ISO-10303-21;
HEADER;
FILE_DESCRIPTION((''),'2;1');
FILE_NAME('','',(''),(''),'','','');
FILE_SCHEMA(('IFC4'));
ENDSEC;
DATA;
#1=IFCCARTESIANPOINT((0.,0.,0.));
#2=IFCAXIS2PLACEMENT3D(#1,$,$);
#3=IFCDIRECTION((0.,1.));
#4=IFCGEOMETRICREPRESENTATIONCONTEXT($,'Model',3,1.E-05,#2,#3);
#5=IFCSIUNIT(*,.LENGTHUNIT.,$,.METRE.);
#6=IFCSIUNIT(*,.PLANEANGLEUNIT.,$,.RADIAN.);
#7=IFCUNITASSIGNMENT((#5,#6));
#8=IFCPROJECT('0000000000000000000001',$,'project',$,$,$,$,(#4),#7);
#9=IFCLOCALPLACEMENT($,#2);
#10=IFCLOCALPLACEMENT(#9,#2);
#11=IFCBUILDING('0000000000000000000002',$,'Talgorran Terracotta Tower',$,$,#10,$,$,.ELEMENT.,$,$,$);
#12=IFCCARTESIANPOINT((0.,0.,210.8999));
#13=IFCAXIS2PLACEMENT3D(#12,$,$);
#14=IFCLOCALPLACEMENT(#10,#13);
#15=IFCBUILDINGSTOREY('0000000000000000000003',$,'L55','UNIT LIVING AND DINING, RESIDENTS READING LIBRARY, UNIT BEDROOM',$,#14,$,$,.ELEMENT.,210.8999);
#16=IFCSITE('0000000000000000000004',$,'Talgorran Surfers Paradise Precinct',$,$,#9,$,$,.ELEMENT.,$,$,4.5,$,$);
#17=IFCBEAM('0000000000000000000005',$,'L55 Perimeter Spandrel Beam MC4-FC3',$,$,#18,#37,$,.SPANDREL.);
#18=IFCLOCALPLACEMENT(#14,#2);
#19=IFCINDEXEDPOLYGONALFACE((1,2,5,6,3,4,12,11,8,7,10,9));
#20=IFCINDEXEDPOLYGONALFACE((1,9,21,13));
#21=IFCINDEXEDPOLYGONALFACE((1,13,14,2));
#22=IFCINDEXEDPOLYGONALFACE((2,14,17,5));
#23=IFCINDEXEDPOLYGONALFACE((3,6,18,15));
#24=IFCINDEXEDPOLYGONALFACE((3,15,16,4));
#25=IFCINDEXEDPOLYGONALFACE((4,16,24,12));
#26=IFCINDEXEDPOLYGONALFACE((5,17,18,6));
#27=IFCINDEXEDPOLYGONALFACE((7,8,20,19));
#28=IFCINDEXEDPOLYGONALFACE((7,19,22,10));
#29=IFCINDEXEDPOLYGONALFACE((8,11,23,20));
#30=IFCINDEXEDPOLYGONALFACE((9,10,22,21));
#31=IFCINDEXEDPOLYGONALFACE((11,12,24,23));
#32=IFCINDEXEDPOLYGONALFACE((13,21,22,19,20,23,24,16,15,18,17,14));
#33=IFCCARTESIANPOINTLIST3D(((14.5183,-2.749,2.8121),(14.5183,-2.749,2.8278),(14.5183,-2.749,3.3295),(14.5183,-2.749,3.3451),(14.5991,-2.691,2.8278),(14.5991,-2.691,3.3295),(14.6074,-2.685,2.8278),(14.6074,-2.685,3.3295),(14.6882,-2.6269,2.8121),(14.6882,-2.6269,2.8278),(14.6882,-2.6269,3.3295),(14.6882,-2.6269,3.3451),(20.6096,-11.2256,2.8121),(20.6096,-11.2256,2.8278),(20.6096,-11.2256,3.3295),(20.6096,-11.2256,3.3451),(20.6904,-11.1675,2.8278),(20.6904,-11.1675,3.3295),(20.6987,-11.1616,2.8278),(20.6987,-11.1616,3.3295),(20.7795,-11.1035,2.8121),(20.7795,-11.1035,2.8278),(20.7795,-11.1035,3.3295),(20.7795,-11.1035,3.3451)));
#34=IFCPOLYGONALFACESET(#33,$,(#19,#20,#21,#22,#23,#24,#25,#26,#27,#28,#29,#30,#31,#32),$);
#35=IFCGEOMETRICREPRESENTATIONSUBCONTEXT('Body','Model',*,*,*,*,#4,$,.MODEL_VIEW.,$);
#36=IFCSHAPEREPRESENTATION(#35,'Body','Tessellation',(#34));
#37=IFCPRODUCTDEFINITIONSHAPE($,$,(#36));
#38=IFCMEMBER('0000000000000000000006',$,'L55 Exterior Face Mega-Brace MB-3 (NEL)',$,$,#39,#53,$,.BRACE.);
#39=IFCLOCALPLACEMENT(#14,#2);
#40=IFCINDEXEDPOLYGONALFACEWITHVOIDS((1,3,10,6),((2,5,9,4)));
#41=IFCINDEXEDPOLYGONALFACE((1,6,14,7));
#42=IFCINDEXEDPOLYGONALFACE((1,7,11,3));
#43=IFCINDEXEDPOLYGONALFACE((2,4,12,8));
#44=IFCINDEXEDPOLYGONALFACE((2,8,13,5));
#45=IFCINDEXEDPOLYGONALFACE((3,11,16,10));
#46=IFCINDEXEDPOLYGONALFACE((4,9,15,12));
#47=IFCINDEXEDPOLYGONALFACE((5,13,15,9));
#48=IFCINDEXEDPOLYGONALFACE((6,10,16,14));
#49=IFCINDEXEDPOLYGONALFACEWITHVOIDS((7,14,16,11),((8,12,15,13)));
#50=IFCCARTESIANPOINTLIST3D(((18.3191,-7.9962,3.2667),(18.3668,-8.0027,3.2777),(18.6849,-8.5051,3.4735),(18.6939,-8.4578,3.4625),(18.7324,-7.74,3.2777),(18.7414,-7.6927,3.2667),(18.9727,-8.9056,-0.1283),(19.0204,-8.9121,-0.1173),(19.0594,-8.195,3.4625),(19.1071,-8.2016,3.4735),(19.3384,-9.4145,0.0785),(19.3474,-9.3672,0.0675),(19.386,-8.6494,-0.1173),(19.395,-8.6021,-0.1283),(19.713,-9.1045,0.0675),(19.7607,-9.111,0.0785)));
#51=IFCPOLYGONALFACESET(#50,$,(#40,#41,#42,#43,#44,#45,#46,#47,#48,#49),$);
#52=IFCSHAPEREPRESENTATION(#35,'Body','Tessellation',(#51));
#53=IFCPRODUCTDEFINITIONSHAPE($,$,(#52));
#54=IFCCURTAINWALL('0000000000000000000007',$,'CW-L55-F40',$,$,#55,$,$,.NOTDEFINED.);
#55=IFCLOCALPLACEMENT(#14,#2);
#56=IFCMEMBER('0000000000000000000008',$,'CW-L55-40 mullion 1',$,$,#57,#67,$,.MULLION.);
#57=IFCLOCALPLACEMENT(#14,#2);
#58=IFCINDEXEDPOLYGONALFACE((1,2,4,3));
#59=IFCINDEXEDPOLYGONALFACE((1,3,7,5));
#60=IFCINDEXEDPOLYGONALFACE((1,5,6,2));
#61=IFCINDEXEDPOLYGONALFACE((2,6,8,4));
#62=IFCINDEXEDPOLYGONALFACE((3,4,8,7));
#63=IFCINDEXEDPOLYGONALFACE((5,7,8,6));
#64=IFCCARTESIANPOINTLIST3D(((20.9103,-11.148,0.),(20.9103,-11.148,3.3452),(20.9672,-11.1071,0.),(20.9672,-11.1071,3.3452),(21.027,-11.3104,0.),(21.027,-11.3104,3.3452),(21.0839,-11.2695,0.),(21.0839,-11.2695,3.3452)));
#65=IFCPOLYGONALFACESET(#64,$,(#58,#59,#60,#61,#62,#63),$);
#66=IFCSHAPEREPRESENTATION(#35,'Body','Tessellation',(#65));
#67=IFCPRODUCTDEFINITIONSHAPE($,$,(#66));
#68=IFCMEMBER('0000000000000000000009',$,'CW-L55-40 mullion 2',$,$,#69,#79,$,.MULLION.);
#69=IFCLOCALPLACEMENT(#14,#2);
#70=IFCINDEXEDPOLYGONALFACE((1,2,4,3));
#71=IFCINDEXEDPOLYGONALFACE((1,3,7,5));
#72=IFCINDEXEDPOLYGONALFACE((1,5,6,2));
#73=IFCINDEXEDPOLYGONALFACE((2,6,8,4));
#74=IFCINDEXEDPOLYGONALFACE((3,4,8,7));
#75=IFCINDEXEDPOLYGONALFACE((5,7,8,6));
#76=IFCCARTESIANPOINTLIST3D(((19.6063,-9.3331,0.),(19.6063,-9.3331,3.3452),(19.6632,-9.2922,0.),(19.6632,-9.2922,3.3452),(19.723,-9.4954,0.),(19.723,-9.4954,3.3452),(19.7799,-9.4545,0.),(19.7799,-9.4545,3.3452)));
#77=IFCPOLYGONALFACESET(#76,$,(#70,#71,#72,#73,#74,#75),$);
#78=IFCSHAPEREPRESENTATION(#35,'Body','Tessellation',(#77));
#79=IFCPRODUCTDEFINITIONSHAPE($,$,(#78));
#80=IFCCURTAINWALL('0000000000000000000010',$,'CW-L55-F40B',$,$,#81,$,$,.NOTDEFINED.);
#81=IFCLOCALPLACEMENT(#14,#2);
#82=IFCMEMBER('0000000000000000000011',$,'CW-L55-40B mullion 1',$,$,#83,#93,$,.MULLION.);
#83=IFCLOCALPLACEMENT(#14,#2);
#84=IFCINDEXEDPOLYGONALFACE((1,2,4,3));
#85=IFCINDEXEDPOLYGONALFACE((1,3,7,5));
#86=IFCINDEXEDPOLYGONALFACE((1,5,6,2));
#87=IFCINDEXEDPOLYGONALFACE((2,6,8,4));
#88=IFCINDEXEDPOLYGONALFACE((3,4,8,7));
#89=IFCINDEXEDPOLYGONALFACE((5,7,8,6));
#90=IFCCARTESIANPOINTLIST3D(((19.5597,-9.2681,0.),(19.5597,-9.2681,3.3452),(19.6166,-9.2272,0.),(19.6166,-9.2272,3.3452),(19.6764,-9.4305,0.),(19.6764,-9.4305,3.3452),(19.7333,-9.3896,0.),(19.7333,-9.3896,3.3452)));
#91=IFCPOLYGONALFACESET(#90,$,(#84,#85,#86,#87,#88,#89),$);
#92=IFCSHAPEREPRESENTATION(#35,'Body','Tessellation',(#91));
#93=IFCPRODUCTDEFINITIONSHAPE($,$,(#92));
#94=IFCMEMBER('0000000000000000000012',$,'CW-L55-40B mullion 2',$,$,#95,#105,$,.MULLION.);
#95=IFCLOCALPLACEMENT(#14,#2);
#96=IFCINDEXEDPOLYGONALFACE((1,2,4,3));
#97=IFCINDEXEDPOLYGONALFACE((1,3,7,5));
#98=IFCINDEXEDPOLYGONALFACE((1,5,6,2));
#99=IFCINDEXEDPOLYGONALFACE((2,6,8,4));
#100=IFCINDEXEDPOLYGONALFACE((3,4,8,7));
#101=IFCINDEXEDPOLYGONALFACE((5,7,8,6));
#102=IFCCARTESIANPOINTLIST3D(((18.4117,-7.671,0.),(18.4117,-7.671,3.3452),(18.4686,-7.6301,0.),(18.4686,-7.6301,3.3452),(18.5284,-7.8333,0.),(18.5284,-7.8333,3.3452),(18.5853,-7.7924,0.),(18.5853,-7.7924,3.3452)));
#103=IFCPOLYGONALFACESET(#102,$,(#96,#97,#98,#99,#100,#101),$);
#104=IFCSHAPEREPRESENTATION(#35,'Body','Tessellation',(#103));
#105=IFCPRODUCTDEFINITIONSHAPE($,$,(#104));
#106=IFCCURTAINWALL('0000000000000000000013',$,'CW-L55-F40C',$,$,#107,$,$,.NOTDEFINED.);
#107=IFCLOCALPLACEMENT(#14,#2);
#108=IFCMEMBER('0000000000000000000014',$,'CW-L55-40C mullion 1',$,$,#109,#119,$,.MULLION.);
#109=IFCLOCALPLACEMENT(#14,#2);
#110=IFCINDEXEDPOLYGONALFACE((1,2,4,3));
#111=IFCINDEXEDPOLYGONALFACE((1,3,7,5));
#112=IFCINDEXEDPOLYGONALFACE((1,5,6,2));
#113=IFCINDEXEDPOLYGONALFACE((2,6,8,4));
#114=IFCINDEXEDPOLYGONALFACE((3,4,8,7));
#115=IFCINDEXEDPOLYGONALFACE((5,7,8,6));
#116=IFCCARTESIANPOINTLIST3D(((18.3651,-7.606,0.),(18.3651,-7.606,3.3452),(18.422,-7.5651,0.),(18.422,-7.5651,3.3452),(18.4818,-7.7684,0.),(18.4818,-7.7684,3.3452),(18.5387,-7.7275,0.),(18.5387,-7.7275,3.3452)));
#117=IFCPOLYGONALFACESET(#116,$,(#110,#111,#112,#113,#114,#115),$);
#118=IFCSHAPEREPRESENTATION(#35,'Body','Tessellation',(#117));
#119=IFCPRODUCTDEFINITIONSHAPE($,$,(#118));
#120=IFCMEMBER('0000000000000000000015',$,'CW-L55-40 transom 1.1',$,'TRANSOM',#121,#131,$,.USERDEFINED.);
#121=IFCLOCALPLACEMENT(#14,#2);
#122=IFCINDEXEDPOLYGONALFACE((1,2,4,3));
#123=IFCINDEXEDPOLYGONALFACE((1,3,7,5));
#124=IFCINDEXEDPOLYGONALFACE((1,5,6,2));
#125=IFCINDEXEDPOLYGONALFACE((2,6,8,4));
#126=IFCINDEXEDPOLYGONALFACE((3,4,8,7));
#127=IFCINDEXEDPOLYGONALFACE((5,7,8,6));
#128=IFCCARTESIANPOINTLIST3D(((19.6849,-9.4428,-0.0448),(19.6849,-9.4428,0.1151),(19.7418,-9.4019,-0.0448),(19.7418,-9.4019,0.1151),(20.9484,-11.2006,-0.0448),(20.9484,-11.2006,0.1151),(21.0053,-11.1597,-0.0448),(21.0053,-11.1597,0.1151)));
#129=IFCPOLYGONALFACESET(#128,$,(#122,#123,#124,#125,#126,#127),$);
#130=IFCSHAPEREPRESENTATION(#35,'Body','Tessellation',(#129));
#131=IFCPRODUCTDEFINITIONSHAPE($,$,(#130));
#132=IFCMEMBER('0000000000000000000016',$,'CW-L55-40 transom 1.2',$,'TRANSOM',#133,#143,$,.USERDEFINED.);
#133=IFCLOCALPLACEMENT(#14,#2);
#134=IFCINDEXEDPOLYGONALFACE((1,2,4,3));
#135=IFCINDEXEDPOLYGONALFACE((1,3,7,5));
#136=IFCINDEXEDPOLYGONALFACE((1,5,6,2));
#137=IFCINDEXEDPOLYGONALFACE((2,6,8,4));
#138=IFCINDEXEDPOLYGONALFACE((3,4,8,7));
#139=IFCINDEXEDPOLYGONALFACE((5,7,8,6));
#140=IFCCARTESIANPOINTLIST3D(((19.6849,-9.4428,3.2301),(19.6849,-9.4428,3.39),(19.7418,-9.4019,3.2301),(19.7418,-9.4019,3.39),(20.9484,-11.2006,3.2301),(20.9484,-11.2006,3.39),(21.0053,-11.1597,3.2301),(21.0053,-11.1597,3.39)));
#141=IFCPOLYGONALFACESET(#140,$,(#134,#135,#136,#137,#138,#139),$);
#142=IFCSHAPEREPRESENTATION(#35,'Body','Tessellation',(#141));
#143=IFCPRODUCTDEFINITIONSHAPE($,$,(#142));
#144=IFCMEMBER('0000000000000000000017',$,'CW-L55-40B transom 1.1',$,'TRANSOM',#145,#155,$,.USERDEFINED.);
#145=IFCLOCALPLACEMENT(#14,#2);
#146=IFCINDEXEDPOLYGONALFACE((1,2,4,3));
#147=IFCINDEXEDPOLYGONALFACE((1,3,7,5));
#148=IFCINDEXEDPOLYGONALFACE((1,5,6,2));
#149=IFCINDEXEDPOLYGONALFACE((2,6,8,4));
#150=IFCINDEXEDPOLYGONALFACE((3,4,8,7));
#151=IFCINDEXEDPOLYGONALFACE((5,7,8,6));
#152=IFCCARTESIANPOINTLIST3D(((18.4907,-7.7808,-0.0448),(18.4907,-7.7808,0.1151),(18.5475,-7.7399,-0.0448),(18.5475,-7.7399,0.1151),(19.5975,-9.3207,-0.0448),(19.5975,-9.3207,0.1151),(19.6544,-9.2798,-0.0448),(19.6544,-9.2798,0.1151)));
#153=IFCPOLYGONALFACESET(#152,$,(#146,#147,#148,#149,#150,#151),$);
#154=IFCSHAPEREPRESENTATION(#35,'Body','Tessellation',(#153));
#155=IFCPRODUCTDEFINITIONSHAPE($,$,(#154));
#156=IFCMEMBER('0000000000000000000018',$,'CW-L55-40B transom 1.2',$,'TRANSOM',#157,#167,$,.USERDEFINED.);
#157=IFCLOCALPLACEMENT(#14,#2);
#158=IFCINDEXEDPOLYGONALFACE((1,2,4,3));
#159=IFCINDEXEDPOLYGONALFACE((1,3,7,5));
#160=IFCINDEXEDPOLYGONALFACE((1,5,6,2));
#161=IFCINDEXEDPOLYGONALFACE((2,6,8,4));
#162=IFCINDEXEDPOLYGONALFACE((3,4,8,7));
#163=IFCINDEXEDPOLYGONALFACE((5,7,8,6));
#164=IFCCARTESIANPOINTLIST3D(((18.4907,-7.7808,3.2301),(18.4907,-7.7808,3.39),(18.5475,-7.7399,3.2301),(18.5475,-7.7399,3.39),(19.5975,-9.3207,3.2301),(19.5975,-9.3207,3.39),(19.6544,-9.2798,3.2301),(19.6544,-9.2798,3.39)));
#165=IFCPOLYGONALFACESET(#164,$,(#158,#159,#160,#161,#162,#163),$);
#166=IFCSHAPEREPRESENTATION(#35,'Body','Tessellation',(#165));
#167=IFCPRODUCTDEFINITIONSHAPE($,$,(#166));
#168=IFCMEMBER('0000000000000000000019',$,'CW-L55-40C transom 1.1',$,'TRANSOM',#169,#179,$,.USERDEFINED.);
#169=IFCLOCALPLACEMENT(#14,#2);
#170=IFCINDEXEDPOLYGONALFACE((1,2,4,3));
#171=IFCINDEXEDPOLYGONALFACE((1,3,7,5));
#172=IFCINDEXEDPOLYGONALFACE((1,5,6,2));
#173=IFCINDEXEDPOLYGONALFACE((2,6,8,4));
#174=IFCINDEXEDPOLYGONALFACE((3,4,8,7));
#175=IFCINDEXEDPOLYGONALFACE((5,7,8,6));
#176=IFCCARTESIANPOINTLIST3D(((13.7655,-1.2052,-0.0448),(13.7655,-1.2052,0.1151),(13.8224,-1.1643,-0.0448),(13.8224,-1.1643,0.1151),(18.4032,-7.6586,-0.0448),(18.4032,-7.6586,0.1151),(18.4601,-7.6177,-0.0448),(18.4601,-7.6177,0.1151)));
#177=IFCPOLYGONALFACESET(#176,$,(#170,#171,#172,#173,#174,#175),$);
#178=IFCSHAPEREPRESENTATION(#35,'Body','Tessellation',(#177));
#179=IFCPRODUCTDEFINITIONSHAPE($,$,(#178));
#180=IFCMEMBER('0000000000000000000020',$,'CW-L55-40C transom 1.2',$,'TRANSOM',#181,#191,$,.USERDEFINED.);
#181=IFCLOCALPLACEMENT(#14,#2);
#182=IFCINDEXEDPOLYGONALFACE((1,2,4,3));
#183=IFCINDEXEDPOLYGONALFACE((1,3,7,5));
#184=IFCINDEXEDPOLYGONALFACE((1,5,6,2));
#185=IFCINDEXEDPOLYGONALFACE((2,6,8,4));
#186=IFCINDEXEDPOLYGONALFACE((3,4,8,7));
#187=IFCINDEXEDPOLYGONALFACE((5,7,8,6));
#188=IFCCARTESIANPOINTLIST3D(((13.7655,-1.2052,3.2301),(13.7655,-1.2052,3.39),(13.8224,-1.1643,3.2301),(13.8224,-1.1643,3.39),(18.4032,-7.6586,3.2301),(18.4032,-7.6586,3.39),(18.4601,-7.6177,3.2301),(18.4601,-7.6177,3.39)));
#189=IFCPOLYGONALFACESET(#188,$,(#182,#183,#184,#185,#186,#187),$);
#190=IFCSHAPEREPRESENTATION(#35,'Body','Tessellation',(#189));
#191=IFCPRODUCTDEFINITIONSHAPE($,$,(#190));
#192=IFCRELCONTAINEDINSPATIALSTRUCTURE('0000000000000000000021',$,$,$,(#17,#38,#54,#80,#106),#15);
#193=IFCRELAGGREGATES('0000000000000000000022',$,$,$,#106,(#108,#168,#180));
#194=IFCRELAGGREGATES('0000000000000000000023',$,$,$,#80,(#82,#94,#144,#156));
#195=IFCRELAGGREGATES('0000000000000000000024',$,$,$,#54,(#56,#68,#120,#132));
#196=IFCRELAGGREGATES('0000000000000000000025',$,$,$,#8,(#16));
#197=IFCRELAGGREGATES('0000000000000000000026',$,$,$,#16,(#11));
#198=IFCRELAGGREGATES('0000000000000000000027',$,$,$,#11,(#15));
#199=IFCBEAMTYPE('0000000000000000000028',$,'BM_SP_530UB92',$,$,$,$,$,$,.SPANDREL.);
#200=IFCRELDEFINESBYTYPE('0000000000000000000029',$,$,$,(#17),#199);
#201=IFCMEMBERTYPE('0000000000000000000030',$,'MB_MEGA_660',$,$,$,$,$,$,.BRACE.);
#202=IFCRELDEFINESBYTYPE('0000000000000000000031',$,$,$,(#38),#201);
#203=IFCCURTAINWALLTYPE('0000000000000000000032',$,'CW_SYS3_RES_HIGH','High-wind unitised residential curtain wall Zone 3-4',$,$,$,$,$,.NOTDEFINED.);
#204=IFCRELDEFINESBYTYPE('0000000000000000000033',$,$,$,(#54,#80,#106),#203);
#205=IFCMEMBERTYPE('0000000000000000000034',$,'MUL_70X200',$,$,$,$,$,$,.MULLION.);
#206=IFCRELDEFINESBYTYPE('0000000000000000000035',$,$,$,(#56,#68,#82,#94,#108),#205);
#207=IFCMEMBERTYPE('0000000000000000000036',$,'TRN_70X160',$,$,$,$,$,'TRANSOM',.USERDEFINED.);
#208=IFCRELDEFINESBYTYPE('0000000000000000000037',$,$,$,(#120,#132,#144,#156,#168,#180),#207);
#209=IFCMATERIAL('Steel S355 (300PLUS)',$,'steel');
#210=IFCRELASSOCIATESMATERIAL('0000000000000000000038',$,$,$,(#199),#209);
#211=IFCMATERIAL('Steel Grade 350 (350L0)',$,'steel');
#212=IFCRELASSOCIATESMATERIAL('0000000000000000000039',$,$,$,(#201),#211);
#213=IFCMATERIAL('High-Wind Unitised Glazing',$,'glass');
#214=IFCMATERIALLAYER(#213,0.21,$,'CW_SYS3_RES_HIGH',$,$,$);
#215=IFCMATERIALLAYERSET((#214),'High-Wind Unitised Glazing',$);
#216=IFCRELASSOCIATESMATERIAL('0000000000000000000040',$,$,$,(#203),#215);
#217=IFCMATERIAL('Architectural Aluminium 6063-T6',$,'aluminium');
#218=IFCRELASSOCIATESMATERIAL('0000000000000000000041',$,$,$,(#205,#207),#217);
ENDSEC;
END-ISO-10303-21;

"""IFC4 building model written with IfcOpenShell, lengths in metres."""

from ifc_helpers import new_model, si_unit, direction, frame, origin, origin_2d, place, context, subcontext, project, spatial, rectangle, hollow_rectangle, i_section, extrude, material, layer, layer_set, material_profile, profile_set, type_object, element, aggregate, save


model = new_model("IFC4")

# Units and contexts
model_context = context("Model", 3, precision=1e-05, world=origin(), true_north=direction((0.0, 1.0)))
body_context = subcontext(model_context, "Body", "Model", "MODEL_VIEW")
ifc_project = project(units=[si_unit("LENGTHUNIT", "METRE"), si_unit("PLANEANGLEUNIT", "RADIAN")], contexts=[model_context])

# Site, building, storey
site_placement = place(None, origin())
site = spatial("IfcSite", under=ifc_project, at=site_placement, Name="Talgorran Surfers Paradise Precinct", CompositionType="ELEMENT", RefElevation=4.5)
building_placement = place(site_placement, origin())
building = spatial("IfcBuilding", under=site, at=building_placement, Name="Talgorran Terracotta Tower", CompositionType="ELEMENT")
storey_placement = place(building_placement, frame((0.0, 0.0, 210.8999)))
storey = spatial("IfcBuildingStorey", under=building, at=storey_placement, Name="L55", Description="UNIT LIVING AND DINING, RESIDENTS READING LIBRARY, UNIT BEDROOM", CompositionType="ELEMENT", Elevation=210.8999)

# Beam
ifc_material_1 = material(Name="Steel S355 (300PLUS)", Category="steel")
ifc_material_profile_1 = material_profile(ifc_material_1, i_section(OverallWidth=0.2092, OverallDepth=0.533, WebThickness=0.0103, FlangeThickness=0.0156, at=origin_2d()), Name="530UB92.4")
ifc_profile_set_1 = profile_set([ifc_material_profile_1], Name="Steel S355 (300PLUS)")
beam_type = type_object("IfcBeamType", Name="BM_SP_530UB92", PredefinedType="SPANDREL", material=ifc_profile_set_1)
beam_placement = place(storey_placement, frame((20.6946, -11.1646, 3.0786), z_axis=(-0.583559, 0.812071, 0.0), x_axis=(-0.812071, -0.583559, 0.0)))
element("IfcBeam", 1, at=beam_placement, inside=storey, type_object=beam_type, Name="L55 Perimeter Spandrel Beam MC4-FC3", PredefinedType="SPANDREL", context=body_context, shape_type="SweptSolid", body=[
    extrude(i_section(OverallWidth=0.2092, OverallDepth=0.533, WebThickness=0.0103, FlangeThickness=0.0156, at=origin_2d()), origin(), (0.0, 0.0, 1.0), 10.4382),
])

# Member
ifc_material_2 = material(Name="Steel Grade 350 (350L0)", Category="steel")
ifc_material_profile_2 = material_profile(ifc_material_2, hollow_rectangle(XDim=0.52, YDim=0.6599, WallThickness=0.0349, at=origin_2d()), Name="WBOX660X520X35")
ifc_profile_set_2 = profile_set([ifc_material_profile_2], Name="Steel Grade 350 (350L0)")
member_type_1 = type_object("IfcMemberType", Name="MB_MEGA_660", PredefinedType="BRACE", material=ifc_profile_set_2)
member_1_placement = place(storey_placement, frame((19.3667, -9.0083, -0.0249), z_axis=(-0.182817, 0.254387, 0.949666), x_axis=(-0.812051, -0.583587, 0.0)))
element("IfcMember", 2, at=member_1_placement, inside=storey, type_object=member_type_1, Name="L55 Exterior Face Mega-Brace MB-3 (NEL)", PredefinedType="BRACE", context=body_context, shape_type="SweptSolid", body=[
    extrude(hollow_rectangle(XDim=0.52, YDim=0.6599, WallThickness=0.0349, at=origin_2d()), origin(), (0.0, 0.0, 1.0), 3.575),
])

# Curtain walls, members
ifc_material_3 = material(Name="High-Wind Unitised Glazing", Category="glass")
ifc_layer_1 = layer(ifc_material_3, 0.21, Name="CW_SYS3_RES_HIGH")
ifc_layer_set_1 = layer_set([ifc_layer_1], Name="High-Wind Unitised Glazing")
curtain_wall_type = type_object("IfcCurtainWallType", Name="CW_SYS3_RES_HIGH", Description="High-wind unitised residential curtain wall Zone 3-4", PredefinedType="NOTDEFINED", material=ifc_layer_set_1)
curtain_wall_1_placement = place(storey_placement, origin())
curtain_wall_1 = element("IfcCurtainWall", 3, at=curtain_wall_1_placement, inside=storey, type_object=curtain_wall_type, Name="CW-L55-F40", PredefinedType="NOTDEFINED")
ifc_material_4 = material(Name="Architectural Aluminium 6063-T6", Category="aluminium")
ifc_material_profile_3 = material_profile(ifc_material_4, rectangle(XDim=0.0701, YDim=0.2, at=origin_2d()), Name="CWM70X200")
ifc_profile_set_3 = profile_set([ifc_material_profile_3], Name="Architectural Aluminium 6063-T6")
member_type_2 = type_object("IfcMemberType", Name="MUL_70X200", PredefinedType="MULLION", material=ifc_profile_set_3)
member_2_placement = place(storey_placement, frame((20.9971, -11.2087, 0.0), z_axis=(0.0, 0.0, 1.0), x_axis=(-0.812074, -0.583555, 0.0)))
member_2 = element("IfcMember", 4, at=member_2_placement, type_object=member_type_2, Name="CW-L55-40 mullion 1", PredefinedType="MULLION", context=body_context, shape_type="SweptSolid", body=[
    extrude(rectangle(XDim=0.0701, YDim=0.2, at=origin_2d()), origin(), (0.0, 0.0, 1.0), 3.3452),
])
member_3_placement = place(storey_placement, frame((19.6931, -9.3938, 0.0), z_axis=(0.0, 0.0, 1.0), x_axis=(-0.812074, -0.583555, 0.0)))
member_3 = element("IfcMember", 5, at=member_3_placement, type_object=member_type_2, Name="CW-L55-40 mullion 2", PredefinedType="MULLION", context=body_context, shape_type="SweptSolid", body=[
    extrude(rectangle(XDim=0.0701, YDim=0.2, at=origin_2d()), origin(), (0.0, 0.0, 1.0), 3.3452),
])
curtain_wall_2_placement = place(storey_placement, origin())
curtain_wall_2 = element("IfcCurtainWall", 6, at=curtain_wall_2_placement, inside=storey, type_object=curtain_wall_type, Name="CW-L55-F40B", PredefinedType="NOTDEFINED")
member_4_placement = place(storey_placement, frame((19.6465, -9.3289, 0.0), z_axis=(0.0, 0.0, 1.0), x_axis=(-0.812048, -0.583591, 0.0)))
member_4 = element("IfcMember", 7, at=member_4_placement, type_object=member_type_2, Name="CW-L55-40B mullion 1", PredefinedType="MULLION", context=body_context, shape_type="SweptSolid", body=[
    extrude(rectangle(XDim=0.0701, YDim=0.2, at=origin_2d()), origin(), (0.0, 0.0, 1.0), 3.3452),
])
member_5_placement = place(storey_placement, frame((18.4985, -7.7317, 0.0), z_axis=(0.0, 0.0, 1.0), x_axis=(-0.812048, -0.583591, 0.0)))
member_5 = element("IfcMember", 8, at=member_5_placement, type_object=member_type_2, Name="CW-L55-40B mullion 2", PredefinedType="MULLION", context=body_context, shape_type="SweptSolid", body=[
    extrude(rectangle(XDim=0.0701, YDim=0.2, at=origin_2d()), origin(), (0.0, 0.0, 1.0), 3.3452),
])

# Curtain wall, member
curtain_wall_3_placement = place(storey_placement, origin())
curtain_wall_3 = element("IfcCurtainWall", 9, at=curtain_wall_3_placement, inside=storey, type_object=curtain_wall_type, Name="CW-L55-F40C", PredefinedType="NOTDEFINED")
member_6_placement = place(storey_placement, frame((18.4519, -7.6667, 0.0), z_axis=(0.0, 0.0, 1.0), x_axis=(-0.812073, -0.583557, 0.0)))
member_6 = element("IfcMember", 10, at=member_6_placement, type_object=member_type_2, Name="CW-L55-40C mullion 1", PredefinedType="MULLION", context=body_context, shape_type="SweptSolid", body=[
    extrude(rectangle(XDim=0.0701, YDim=0.2, at=origin_2d()), origin(), (0.0, 0.0, 1.0), 3.3452),
])

# Members
ifc_material_profile_4 = material_profile(ifc_material_4, rectangle(XDim=0.0701, YDim=0.1599, at=origin_2d()), Name="CWT70X160")
ifc_profile_set_4 = profile_set([ifc_material_profile_4], Name="Architectural Aluminium 6063-T6")
member_type_3 = type_object("IfcMemberType", Name="TRN_70X160", ElementType="TRANSOM", PredefinedType="USERDEFINED", material=ifc_profile_set_4)
member_7_placement = place(storey_placement, frame((20.9768, -11.1802, 0.0352), z_axis=(-0.583636, 0.812015, 0.0), x_axis=(-0.812015, -0.583636, 0.0)))
member_7 = element("IfcMember", 11, at=member_7_placement, type_object=member_type_3, Name="CW-L55-40 transom 1.1", ObjectType="TRANSOM", PredefinedType="USERDEFINED", context=body_context, shape_type="SweptSolid", body=[
    extrude(rectangle(XDim=0.0701, YDim=0.1599, at=origin_2d()), origin(), (0.0, 0.0, 1.0), 2.1648),
])
member_8_placement = place(storey_placement, frame((20.9768, -11.1802, 3.3101), z_axis=(-0.583636, 0.812015, 0.0), x_axis=(-0.812015, -0.583636, 0.0)))
member_8 = element("IfcMember", 12, at=member_8_placement, type_object=member_type_3, Name="CW-L55-40 transom 1.2", ObjectType="TRANSOM", PredefinedType="USERDEFINED", context=body_context, shape_type="SweptSolid", body=[
    extrude(rectangle(XDim=0.0701, YDim=0.1599, at=origin_2d()), origin(), (0.0, 0.0, 1.0), 2.1648),
])
member_9_placement = place(storey_placement, frame((19.626, -9.3003, 0.0352), z_axis=(-0.583647, 0.812008, 0.0), x_axis=(-0.812008, -0.583647, 0.0)))
member_9 = element("IfcMember", 13, at=member_9_placement, type_object=member_type_3, Name="CW-L55-40B transom 1.1", ObjectType="TRANSOM", PredefinedType="USERDEFINED", context=body_context, shape_type="SweptSolid", body=[
    extrude(rectangle(XDim=0.0701, YDim=0.1599, at=origin_2d()), origin(), (0.0, 0.0, 1.0), 1.8965),
])
member_10_placement = place(storey_placement, frame((19.626, -9.3003, 3.3101), z_axis=(-0.583647, 0.812008, 0.0), x_axis=(-0.812008, -0.583647, 0.0)))
member_10 = element("IfcMember", 14, at=member_10_placement, type_object=member_type_3, Name="CW-L55-40B transom 1.2", ObjectType="TRANSOM", PredefinedType="USERDEFINED", context=body_context, shape_type="SweptSolid", body=[
    extrude(rectangle(XDim=0.0701, YDim=0.1599, at=origin_2d()), origin(), (0.0, 0.0, 1.0), 1.8965),
])
member_11_placement = place(storey_placement, frame((18.4316, -7.6382, 0.0352), z_axis=(-0.583581, 0.812055, 0.0), x_axis=(-0.812055, -0.583581, 0.0)))
member_11 = element("IfcMember", 15, at=member_11_placement, type_object=member_type_3, Name="CW-L55-40C transom 1.1", ObjectType="TRANSOM", PredefinedType="USERDEFINED", context=body_context, shape_type="SweptSolid", body=[
    extrude(rectangle(XDim=0.0701, YDim=0.1599, at=origin_2d()), origin(), (0.0, 0.0, 1.0), 7.947),
])
member_12_placement = place(storey_placement, frame((18.4316, -7.6382, 3.3101), z_axis=(-0.583581, 0.812055, 0.0), x_axis=(-0.812055, -0.583581, 0.0)))
member_12 = element("IfcMember", 16, at=member_12_placement, type_object=member_type_3, Name="CW-L55-40C transom 1.2", ObjectType="TRANSOM", PredefinedType="USERDEFINED", context=body_context, shape_type="SweptSolid", body=[
    extrude(rectangle(XDim=0.0701, YDim=0.1599, at=origin_2d()), origin(), (0.0, 0.0, 1.0), 7.947),
])
aggregate(curtain_wall_3, [member_6, member_11, member_12])

aggregate(curtain_wall_2, [member_4, member_5, member_9, member_10])
aggregate(curtain_wall_1, [member_2, member_3, member_7, member_8])

save(model, "model.ifc")
